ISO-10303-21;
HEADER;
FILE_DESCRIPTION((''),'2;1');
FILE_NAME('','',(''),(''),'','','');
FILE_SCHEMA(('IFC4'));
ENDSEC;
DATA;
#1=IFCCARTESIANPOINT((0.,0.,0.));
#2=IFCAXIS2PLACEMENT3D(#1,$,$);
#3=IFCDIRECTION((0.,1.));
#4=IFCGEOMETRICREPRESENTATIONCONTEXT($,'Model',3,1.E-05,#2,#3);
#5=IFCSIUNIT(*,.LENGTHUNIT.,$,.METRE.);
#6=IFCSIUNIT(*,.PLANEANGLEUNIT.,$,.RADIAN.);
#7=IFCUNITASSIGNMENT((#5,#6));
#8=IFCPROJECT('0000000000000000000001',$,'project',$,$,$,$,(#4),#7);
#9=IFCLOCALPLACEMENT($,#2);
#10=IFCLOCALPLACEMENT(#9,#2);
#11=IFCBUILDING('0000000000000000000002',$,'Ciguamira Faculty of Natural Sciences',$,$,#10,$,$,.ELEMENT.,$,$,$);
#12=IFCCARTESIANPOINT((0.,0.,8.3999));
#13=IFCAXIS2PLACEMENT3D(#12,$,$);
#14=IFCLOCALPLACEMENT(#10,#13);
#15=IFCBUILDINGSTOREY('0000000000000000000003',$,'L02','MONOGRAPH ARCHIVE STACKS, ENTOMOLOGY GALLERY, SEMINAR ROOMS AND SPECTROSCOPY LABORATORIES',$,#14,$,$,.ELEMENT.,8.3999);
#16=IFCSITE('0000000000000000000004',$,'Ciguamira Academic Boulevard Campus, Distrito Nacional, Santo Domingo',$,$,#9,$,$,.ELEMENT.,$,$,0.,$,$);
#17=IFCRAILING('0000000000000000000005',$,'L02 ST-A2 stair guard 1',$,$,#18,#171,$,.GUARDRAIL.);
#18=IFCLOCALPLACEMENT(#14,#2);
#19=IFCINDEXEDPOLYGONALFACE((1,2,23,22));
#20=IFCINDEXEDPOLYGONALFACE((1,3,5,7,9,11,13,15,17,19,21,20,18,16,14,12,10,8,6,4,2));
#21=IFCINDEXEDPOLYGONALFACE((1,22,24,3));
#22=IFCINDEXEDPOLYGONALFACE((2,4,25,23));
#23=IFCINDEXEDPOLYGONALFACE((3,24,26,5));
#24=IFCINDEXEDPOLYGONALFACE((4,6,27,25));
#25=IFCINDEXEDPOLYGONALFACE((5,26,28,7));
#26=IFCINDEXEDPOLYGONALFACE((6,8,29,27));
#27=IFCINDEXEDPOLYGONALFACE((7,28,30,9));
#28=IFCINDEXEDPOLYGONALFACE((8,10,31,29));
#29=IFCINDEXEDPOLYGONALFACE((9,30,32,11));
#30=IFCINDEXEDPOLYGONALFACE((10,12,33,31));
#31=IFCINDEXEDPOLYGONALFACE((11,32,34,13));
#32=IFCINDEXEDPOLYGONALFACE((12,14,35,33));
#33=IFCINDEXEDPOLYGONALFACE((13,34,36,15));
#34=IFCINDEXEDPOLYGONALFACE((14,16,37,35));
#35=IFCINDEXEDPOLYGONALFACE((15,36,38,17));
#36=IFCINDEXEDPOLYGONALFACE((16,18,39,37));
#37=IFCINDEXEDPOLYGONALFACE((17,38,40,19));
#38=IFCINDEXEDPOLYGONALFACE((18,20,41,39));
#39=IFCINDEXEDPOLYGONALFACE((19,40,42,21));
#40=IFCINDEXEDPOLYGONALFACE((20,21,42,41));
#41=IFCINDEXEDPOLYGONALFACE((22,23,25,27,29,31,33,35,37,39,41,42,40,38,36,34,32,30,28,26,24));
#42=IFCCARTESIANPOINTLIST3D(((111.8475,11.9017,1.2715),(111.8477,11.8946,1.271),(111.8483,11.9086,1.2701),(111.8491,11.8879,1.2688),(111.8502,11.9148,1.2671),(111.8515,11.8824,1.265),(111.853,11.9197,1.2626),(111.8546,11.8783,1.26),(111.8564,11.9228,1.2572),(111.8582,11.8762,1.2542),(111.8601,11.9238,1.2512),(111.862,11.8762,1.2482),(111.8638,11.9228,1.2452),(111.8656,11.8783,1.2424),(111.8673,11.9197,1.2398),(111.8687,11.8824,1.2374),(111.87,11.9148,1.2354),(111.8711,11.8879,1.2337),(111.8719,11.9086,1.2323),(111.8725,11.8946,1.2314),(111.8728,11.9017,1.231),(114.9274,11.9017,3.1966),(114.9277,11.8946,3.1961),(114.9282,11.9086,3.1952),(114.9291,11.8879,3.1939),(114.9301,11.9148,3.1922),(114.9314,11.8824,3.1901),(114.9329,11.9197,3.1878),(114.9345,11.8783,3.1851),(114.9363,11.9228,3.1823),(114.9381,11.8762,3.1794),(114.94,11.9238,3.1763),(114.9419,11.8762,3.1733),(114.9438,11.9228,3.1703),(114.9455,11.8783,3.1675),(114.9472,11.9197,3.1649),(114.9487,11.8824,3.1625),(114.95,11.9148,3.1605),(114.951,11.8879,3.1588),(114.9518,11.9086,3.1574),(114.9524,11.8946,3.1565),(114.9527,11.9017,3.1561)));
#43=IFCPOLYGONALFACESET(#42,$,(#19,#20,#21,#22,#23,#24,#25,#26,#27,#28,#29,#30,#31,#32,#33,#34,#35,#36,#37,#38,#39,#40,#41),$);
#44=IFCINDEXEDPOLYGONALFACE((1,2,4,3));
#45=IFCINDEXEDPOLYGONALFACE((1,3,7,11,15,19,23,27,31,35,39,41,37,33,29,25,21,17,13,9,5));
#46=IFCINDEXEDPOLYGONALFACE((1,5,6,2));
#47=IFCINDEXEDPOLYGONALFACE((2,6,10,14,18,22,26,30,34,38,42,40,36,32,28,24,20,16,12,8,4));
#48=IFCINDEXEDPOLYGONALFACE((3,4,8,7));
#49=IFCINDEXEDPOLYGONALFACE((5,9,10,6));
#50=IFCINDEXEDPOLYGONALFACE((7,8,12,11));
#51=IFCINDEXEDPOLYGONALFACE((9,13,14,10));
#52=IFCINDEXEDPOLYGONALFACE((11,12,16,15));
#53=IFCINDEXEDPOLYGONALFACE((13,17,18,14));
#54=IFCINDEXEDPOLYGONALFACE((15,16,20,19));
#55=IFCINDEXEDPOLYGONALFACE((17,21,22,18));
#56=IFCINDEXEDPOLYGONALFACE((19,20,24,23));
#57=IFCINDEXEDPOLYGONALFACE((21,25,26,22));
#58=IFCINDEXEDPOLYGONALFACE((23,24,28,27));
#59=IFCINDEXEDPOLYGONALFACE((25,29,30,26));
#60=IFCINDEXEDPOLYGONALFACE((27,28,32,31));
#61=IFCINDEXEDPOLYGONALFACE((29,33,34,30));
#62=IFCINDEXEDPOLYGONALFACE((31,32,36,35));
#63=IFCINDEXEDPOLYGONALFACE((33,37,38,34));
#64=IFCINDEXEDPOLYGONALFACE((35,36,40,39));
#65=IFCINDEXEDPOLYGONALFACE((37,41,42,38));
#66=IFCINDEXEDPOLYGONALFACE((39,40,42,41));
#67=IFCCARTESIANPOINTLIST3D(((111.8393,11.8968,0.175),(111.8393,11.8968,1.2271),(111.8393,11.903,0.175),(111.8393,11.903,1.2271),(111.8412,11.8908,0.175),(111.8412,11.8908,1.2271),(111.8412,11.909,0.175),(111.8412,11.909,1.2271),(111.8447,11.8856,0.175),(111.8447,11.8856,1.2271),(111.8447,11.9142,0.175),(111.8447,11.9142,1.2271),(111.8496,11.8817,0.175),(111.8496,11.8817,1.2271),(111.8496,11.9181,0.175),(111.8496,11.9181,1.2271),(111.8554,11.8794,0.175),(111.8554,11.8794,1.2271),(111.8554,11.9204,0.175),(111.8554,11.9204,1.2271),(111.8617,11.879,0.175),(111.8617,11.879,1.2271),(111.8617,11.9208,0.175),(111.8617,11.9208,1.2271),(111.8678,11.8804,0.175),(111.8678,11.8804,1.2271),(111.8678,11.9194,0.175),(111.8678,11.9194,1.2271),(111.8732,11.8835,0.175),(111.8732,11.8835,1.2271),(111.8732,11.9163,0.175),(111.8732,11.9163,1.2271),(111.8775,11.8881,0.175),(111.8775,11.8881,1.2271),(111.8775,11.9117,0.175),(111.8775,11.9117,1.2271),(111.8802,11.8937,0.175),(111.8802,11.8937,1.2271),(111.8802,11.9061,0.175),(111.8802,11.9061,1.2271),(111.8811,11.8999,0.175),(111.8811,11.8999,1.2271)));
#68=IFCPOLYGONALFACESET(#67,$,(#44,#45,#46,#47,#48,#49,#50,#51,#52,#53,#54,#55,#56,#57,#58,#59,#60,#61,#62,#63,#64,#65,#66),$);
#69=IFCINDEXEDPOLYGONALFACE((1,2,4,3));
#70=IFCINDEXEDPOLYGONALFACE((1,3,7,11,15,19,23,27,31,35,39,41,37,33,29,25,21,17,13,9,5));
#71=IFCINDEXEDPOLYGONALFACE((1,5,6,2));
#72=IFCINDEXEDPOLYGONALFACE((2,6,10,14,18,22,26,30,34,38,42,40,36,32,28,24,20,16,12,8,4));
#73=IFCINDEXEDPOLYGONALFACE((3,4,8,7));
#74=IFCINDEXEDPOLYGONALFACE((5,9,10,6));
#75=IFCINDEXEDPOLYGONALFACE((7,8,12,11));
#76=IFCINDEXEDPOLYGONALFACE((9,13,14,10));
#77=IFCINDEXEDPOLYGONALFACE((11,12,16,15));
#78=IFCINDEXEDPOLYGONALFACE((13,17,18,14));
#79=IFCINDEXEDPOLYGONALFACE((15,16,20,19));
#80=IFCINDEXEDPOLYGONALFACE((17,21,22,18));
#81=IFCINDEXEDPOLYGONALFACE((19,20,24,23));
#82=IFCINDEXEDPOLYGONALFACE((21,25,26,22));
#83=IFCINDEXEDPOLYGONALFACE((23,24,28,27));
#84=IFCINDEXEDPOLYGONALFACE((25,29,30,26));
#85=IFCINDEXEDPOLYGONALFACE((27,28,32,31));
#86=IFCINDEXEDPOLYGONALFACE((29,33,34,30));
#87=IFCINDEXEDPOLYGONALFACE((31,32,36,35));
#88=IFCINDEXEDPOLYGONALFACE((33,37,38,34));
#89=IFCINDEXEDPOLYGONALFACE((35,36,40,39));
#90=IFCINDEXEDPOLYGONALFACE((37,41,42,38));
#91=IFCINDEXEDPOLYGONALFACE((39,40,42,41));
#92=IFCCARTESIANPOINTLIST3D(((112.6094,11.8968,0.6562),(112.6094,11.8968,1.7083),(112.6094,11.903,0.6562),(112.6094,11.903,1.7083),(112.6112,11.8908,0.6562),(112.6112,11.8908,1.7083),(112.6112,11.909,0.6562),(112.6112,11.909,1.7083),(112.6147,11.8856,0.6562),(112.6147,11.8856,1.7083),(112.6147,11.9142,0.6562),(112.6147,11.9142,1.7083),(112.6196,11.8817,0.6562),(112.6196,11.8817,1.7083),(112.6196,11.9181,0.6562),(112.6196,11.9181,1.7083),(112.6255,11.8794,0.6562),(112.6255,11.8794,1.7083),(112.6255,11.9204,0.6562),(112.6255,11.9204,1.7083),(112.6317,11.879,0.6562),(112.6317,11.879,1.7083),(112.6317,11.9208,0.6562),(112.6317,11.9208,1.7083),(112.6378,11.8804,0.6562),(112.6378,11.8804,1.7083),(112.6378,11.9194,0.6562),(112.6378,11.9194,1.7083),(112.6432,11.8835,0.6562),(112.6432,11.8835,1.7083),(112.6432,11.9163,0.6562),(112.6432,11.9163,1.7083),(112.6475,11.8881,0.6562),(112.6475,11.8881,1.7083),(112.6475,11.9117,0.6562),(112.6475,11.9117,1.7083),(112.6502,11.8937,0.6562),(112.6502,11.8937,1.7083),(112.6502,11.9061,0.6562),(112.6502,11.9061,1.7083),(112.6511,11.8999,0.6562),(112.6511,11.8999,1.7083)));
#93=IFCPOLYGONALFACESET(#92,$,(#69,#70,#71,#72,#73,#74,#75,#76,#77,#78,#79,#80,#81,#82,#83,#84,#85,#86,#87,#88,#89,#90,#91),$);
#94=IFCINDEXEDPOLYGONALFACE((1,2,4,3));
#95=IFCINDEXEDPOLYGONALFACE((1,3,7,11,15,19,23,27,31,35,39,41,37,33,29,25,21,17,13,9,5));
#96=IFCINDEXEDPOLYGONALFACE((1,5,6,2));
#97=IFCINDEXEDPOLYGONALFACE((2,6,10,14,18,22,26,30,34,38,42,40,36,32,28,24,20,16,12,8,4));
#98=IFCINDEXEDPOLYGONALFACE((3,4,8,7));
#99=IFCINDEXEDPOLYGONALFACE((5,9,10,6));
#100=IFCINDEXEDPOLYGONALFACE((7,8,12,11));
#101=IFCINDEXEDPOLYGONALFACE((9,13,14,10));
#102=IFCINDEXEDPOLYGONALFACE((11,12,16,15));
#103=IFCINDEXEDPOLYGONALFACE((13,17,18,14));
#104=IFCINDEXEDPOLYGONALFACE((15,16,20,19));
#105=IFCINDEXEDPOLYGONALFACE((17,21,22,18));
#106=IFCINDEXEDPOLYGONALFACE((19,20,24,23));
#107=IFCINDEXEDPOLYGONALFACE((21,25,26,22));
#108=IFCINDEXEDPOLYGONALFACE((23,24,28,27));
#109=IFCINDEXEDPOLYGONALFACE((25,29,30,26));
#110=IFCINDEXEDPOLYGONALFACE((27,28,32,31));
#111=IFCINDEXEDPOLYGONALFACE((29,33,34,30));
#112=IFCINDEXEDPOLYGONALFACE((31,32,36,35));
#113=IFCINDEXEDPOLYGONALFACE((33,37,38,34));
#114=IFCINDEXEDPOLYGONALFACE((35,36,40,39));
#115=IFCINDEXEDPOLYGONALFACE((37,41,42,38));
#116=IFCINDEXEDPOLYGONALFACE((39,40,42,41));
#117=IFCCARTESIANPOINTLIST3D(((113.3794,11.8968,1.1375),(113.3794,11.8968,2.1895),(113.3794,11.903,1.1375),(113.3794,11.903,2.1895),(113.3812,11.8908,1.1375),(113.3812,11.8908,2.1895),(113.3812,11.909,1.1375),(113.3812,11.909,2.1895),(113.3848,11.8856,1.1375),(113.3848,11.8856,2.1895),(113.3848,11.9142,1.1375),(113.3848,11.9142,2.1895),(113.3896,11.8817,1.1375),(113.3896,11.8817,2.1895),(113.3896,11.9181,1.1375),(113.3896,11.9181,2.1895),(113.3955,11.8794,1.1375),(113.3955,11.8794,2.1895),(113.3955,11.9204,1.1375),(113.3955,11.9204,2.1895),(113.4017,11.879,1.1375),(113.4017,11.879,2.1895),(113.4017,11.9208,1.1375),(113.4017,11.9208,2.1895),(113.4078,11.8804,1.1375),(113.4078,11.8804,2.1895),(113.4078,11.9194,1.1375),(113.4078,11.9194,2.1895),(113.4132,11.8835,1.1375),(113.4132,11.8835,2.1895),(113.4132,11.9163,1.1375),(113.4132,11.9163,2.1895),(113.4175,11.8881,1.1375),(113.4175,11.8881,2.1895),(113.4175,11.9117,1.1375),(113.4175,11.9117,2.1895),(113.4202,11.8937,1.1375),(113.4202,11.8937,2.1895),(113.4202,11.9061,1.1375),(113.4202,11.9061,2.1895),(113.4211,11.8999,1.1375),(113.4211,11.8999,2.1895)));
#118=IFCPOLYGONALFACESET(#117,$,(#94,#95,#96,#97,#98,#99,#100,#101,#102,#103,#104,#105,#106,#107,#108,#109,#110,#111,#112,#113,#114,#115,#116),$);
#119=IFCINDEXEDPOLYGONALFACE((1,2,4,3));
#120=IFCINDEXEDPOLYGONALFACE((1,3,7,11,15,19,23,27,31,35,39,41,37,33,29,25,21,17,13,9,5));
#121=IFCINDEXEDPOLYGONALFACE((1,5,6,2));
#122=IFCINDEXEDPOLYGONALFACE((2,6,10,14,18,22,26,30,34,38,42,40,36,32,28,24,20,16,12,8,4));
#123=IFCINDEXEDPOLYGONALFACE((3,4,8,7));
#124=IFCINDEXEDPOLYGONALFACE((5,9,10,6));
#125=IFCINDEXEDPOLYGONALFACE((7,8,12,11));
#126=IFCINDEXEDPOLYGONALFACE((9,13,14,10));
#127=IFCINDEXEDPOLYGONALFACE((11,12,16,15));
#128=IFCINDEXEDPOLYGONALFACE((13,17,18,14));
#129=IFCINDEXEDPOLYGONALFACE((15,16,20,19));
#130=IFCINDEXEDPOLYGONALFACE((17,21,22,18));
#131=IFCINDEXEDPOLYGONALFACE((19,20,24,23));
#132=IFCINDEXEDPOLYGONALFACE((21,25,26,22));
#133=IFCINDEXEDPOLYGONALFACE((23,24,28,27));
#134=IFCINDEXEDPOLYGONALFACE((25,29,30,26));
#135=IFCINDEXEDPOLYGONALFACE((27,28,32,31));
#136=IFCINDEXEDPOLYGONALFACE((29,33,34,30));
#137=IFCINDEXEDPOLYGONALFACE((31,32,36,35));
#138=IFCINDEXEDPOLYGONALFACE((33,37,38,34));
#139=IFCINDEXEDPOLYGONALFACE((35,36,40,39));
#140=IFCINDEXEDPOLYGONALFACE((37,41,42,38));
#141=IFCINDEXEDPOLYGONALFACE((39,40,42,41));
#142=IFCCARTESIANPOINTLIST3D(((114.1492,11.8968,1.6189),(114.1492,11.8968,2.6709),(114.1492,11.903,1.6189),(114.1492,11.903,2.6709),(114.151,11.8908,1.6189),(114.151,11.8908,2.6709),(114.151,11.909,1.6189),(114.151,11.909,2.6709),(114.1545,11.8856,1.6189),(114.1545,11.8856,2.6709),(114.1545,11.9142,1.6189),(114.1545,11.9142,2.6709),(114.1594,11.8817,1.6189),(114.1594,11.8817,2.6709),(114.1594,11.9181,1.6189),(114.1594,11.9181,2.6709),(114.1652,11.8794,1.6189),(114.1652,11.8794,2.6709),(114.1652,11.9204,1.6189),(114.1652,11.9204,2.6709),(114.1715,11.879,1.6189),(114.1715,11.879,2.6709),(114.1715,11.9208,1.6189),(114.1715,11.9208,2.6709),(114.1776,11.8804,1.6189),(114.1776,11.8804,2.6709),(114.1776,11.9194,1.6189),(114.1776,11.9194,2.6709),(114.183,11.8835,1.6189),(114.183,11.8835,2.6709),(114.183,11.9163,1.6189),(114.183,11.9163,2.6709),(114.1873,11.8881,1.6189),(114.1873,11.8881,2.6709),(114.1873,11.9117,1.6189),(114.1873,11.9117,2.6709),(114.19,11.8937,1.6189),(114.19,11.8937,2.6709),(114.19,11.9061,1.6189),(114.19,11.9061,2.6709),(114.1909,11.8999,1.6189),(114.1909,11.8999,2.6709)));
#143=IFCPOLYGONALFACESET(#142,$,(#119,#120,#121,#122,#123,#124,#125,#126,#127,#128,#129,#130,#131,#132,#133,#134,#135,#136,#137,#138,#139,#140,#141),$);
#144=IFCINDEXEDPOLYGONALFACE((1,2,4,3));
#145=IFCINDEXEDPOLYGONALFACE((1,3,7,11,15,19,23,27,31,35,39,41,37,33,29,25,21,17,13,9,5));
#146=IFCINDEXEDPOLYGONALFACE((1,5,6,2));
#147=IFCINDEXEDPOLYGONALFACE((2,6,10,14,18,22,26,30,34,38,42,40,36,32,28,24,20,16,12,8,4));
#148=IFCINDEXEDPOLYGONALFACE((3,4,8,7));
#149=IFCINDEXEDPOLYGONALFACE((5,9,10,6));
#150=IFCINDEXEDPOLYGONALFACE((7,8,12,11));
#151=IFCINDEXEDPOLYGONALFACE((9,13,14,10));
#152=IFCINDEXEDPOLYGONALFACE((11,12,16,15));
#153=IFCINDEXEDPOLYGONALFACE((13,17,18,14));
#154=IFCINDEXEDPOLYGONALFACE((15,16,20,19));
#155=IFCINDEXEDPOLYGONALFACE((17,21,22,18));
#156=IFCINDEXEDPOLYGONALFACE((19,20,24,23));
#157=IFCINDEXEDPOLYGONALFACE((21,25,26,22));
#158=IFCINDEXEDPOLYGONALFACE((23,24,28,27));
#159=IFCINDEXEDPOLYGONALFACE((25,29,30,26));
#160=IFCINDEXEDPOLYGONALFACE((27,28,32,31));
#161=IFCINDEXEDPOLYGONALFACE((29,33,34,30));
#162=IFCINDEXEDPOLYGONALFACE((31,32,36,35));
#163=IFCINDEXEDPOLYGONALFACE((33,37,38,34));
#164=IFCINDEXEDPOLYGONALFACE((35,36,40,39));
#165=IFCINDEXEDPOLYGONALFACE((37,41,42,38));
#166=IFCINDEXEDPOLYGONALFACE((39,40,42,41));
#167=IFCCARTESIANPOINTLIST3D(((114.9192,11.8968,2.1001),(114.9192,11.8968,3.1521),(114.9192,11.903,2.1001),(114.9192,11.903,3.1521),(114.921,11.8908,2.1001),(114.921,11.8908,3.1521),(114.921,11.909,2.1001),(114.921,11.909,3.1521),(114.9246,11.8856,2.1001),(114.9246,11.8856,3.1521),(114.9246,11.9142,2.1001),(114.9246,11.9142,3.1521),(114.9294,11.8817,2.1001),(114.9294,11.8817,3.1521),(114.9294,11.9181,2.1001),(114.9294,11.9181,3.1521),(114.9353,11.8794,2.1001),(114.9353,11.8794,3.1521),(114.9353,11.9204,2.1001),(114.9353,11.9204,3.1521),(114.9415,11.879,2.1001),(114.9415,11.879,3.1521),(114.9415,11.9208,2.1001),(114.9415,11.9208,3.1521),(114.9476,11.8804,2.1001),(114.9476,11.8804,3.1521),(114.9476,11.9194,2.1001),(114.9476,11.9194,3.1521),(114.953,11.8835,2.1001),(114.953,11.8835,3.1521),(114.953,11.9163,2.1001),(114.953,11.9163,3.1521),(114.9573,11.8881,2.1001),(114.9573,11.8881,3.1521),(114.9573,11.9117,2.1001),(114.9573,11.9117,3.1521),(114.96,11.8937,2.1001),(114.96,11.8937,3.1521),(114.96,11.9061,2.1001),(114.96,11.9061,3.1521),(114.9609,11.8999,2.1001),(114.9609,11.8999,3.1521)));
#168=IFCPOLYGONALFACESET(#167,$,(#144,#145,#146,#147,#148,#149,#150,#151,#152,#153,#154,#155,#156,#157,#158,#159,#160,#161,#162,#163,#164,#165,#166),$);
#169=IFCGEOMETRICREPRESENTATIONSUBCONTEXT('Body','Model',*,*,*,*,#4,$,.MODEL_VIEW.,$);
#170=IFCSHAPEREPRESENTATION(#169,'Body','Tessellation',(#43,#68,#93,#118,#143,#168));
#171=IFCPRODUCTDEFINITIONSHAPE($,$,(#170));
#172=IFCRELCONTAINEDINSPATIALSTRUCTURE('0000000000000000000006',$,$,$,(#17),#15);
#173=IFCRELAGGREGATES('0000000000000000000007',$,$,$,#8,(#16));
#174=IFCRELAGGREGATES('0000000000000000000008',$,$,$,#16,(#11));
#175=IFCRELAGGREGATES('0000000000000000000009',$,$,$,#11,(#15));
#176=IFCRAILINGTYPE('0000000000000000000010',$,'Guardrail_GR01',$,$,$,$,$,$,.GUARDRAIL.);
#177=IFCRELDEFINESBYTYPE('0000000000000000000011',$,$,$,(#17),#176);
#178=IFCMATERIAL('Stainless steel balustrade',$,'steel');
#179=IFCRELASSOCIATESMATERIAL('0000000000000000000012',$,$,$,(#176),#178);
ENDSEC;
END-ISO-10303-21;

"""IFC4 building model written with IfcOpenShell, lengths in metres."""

from ifc_helpers import new_model, si_unit, direction, frame, origin, origin_2d, place, context, subcontext, project, spatial, circle, extrude, material, type_object, element, save


model = new_model("IFC4")

# Units and contexts
model_context = context("Model", 3, precision=1e-05, world=origin(), true_north=direction((0.0, 1.0)))
body_context = subcontext(model_context, "Body", "Model", "MODEL_VIEW")
ifc_project = project(units=[si_unit("LENGTHUNIT", "METRE"), si_unit("PLANEANGLEUNIT", "RADIAN")], contexts=[model_context])

# Site, building, storey
site_placement = place(None, origin())
site = spatial("IfcSite", under=ifc_project, at=site_placement, Name="Ciguamira Academic Boulevard Campus, Distrito Nacional, Santo Domingo", CompositionType="ELEMENT", RefElevation=0.0)
building_placement = place(site_placement, origin())
building = spatial("IfcBuilding", under=site, at=building_placement, Name="Ciguamira Faculty of Natural Sciences", CompositionType="ELEMENT")
storey_placement = place(building_placement, frame((0.0, 0.0, 8.3999)))
storey = spatial("IfcBuildingStorey", under=building, at=storey_placement, Name="L02", Description="MONOGRAPH ARCHIVE STACKS, ENTOMOLOGY GALLERY, SEMINAR ROOMS AND SPECTROSCOPY LABORATORIES", CompositionType="ELEMENT", Elevation=8.3999)

# Railing
ifc_material_1 = material(Name="Stainless steel balustrade", Category="steel")
railing_type_1 = type_object("IfcRailingType", Name="Guardrail_GR01", PredefinedType="GUARDRAIL", material=ifc_material_1)
railing_1_placement = place(storey_placement, frame((111.8601, 11.8999, 0.175)))
element("IfcRailing", 1, at=railing_1_placement, inside=storey, type_object=railing_type_1, Name="L02 ST-A2 stair guard 1", PredefinedType="GUARDRAIL", context=body_context, shape_type="SweptSolid", body=[
    extrude(circle(Radius=0.0239, at=origin_2d()), frame((0.0, 0.0, 1.0762), z_axis=(0.847979, 0.0, 0.530029), x_axis=(0.0, 1.0, 0.0)), (0.0, 0.0, 1.0), 3.6321),
    extrude(circle(Radius=0.021, at=origin_2d()), origin(), (0.0, 0.0, 1.0), 1.052),
    extrude(circle(Radius=0.021, at=origin_2d()), frame((0.77, 0.0, 0.4812)), (0.0, 0.0, 1.0), 1.052),
    extrude(circle(Radius=0.021, at=origin_2d()), frame((1.54, 0.0, 0.9624)), (0.0, 0.0, 1.0), 1.052),
    extrude(circle(Radius=0.021, at=origin_2d()), frame((2.3098, 0.0, 1.4438)), (0.0, 0.0, 1.0), 1.052),
    extrude(circle(Radius=0.021, at=origin_2d()), frame((3.0798, 0.0, 1.925)), (0.0, 0.0, 1.0), 1.052),
])

save(model, "model.ifc")
